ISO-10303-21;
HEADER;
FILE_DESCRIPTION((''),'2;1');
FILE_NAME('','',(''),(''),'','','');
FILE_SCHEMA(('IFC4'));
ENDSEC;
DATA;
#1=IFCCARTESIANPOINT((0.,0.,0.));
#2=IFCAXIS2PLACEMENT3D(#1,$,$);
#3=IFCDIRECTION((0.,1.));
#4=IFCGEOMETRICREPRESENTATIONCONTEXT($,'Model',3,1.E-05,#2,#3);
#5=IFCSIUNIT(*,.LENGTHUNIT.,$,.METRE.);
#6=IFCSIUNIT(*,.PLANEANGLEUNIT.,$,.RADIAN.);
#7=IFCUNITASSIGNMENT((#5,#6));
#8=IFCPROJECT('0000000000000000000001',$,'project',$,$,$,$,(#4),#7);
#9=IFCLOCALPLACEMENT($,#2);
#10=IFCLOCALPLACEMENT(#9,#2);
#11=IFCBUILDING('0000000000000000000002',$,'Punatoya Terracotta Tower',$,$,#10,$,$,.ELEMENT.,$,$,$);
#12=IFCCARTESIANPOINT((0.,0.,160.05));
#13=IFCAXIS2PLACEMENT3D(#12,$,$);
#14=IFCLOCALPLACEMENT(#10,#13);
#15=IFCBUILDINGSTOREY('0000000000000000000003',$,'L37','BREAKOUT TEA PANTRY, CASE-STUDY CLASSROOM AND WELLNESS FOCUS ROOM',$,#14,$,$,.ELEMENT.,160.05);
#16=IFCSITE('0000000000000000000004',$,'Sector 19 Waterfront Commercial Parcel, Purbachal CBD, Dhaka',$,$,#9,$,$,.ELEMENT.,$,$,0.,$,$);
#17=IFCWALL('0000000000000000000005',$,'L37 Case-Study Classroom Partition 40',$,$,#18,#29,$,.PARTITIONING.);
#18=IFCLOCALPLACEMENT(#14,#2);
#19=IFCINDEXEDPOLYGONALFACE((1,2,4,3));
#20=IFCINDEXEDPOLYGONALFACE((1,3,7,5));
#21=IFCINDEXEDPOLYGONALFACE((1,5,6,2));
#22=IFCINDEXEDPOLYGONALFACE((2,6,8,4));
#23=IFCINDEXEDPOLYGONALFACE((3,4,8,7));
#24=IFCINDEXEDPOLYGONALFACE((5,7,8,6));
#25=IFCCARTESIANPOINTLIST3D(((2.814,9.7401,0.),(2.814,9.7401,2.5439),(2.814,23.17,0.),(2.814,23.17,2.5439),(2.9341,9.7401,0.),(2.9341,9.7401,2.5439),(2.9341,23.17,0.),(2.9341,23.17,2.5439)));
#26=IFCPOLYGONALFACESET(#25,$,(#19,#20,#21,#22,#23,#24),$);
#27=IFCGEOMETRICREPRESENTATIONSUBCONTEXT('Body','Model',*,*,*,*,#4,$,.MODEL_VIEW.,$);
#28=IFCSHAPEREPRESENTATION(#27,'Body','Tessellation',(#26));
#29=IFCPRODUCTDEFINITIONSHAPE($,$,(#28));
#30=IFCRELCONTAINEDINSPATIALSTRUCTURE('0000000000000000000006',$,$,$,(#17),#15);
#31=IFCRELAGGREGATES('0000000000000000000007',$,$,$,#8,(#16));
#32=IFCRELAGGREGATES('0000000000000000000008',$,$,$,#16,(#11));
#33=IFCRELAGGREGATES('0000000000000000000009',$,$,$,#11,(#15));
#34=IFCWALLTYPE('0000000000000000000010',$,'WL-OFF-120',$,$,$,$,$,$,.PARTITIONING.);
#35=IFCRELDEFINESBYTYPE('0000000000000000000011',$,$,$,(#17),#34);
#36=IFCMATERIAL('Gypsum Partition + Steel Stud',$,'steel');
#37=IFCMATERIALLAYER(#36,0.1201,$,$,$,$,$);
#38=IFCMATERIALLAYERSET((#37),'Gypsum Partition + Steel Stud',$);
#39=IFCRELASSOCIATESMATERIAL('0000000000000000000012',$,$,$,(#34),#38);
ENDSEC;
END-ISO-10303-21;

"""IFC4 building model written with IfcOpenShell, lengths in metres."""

from ifc_helpers import new_model, si_unit, direction, frame, frame_2d, origin, place, context, subcontext, project, spatial, rectangle, extrude, material, layer, layer_set, type_object, element, save


model = new_model("IFC4")

# Units and contexts
model_context = context("Model", 3, precision=1e-05, world=origin(), true_north=direction((0.0, 1.0)))
body_context = subcontext(model_context, "Body", "Model", "MODEL_VIEW")
ifc_project = project(units=[si_unit("LENGTHUNIT", "METRE"), si_unit("PLANEANGLEUNIT", "RADIAN")], contexts=[model_context])

# Site, building, storey
site_placement = place(None, origin())
site = spatial("IfcSite", under=ifc_project, at=site_placement, Name="Sector 19 Waterfront Commercial Parcel, Purbachal CBD, Dhaka", CompositionType="ELEMENT", RefElevation=0.0)
building_placement = place(site_placement, origin())
building = spatial("IfcBuilding", under=site, at=building_placement, Name="Punatoya Terracotta Tower", CompositionType="ELEMENT")
storey_placement = place(building_placement, frame((0.0, 0.0, 160.05)))
storey = spatial("IfcBuildingStorey", under=building, at=storey_placement, Name="L37", Description="BREAKOUT TEA PANTRY, CASE-STUDY CLASSROOM AND WELLNESS FOCUS ROOM", CompositionType="ELEMENT", Elevation=160.05)

# Wall
ifc_material_1 = material(Name="Gypsum Partition + Steel Stud", Category="steel")
ifc_layer_1 = layer(ifc_material_1, 0.1201)
ifc_layer_set_1 = layer_set([ifc_layer_1], Name="Gypsum Partition + Steel Stud")
wall_type_1 = type_object("IfcWallType", Name="WL-OFF-120", PredefinedType="PARTITIONING", material=ifc_layer_set_1)
wall_1_placement = place(storey_placement, frame((2.874, 23.1699, 0.0), z_axis=(0.0, 0.0, 1.0), x_axis=(0.0, -1.0, 0.0)))
element("IfcWall", 1, at=wall_1_placement, inside=storey, type_object=wall_type_1, Name="L37 Case-Study Classroom Partition 40", PredefinedType="PARTITIONING", context=body_context, shape_type="SweptSolid", body=[
    extrude(rectangle(XDim=13.4299, YDim=0.1201, at=frame_2d((6.7148, 0.0))), origin(), (0.0, 0.0, 1.0), 2.5439),
])

save(model, "model.ifc")
